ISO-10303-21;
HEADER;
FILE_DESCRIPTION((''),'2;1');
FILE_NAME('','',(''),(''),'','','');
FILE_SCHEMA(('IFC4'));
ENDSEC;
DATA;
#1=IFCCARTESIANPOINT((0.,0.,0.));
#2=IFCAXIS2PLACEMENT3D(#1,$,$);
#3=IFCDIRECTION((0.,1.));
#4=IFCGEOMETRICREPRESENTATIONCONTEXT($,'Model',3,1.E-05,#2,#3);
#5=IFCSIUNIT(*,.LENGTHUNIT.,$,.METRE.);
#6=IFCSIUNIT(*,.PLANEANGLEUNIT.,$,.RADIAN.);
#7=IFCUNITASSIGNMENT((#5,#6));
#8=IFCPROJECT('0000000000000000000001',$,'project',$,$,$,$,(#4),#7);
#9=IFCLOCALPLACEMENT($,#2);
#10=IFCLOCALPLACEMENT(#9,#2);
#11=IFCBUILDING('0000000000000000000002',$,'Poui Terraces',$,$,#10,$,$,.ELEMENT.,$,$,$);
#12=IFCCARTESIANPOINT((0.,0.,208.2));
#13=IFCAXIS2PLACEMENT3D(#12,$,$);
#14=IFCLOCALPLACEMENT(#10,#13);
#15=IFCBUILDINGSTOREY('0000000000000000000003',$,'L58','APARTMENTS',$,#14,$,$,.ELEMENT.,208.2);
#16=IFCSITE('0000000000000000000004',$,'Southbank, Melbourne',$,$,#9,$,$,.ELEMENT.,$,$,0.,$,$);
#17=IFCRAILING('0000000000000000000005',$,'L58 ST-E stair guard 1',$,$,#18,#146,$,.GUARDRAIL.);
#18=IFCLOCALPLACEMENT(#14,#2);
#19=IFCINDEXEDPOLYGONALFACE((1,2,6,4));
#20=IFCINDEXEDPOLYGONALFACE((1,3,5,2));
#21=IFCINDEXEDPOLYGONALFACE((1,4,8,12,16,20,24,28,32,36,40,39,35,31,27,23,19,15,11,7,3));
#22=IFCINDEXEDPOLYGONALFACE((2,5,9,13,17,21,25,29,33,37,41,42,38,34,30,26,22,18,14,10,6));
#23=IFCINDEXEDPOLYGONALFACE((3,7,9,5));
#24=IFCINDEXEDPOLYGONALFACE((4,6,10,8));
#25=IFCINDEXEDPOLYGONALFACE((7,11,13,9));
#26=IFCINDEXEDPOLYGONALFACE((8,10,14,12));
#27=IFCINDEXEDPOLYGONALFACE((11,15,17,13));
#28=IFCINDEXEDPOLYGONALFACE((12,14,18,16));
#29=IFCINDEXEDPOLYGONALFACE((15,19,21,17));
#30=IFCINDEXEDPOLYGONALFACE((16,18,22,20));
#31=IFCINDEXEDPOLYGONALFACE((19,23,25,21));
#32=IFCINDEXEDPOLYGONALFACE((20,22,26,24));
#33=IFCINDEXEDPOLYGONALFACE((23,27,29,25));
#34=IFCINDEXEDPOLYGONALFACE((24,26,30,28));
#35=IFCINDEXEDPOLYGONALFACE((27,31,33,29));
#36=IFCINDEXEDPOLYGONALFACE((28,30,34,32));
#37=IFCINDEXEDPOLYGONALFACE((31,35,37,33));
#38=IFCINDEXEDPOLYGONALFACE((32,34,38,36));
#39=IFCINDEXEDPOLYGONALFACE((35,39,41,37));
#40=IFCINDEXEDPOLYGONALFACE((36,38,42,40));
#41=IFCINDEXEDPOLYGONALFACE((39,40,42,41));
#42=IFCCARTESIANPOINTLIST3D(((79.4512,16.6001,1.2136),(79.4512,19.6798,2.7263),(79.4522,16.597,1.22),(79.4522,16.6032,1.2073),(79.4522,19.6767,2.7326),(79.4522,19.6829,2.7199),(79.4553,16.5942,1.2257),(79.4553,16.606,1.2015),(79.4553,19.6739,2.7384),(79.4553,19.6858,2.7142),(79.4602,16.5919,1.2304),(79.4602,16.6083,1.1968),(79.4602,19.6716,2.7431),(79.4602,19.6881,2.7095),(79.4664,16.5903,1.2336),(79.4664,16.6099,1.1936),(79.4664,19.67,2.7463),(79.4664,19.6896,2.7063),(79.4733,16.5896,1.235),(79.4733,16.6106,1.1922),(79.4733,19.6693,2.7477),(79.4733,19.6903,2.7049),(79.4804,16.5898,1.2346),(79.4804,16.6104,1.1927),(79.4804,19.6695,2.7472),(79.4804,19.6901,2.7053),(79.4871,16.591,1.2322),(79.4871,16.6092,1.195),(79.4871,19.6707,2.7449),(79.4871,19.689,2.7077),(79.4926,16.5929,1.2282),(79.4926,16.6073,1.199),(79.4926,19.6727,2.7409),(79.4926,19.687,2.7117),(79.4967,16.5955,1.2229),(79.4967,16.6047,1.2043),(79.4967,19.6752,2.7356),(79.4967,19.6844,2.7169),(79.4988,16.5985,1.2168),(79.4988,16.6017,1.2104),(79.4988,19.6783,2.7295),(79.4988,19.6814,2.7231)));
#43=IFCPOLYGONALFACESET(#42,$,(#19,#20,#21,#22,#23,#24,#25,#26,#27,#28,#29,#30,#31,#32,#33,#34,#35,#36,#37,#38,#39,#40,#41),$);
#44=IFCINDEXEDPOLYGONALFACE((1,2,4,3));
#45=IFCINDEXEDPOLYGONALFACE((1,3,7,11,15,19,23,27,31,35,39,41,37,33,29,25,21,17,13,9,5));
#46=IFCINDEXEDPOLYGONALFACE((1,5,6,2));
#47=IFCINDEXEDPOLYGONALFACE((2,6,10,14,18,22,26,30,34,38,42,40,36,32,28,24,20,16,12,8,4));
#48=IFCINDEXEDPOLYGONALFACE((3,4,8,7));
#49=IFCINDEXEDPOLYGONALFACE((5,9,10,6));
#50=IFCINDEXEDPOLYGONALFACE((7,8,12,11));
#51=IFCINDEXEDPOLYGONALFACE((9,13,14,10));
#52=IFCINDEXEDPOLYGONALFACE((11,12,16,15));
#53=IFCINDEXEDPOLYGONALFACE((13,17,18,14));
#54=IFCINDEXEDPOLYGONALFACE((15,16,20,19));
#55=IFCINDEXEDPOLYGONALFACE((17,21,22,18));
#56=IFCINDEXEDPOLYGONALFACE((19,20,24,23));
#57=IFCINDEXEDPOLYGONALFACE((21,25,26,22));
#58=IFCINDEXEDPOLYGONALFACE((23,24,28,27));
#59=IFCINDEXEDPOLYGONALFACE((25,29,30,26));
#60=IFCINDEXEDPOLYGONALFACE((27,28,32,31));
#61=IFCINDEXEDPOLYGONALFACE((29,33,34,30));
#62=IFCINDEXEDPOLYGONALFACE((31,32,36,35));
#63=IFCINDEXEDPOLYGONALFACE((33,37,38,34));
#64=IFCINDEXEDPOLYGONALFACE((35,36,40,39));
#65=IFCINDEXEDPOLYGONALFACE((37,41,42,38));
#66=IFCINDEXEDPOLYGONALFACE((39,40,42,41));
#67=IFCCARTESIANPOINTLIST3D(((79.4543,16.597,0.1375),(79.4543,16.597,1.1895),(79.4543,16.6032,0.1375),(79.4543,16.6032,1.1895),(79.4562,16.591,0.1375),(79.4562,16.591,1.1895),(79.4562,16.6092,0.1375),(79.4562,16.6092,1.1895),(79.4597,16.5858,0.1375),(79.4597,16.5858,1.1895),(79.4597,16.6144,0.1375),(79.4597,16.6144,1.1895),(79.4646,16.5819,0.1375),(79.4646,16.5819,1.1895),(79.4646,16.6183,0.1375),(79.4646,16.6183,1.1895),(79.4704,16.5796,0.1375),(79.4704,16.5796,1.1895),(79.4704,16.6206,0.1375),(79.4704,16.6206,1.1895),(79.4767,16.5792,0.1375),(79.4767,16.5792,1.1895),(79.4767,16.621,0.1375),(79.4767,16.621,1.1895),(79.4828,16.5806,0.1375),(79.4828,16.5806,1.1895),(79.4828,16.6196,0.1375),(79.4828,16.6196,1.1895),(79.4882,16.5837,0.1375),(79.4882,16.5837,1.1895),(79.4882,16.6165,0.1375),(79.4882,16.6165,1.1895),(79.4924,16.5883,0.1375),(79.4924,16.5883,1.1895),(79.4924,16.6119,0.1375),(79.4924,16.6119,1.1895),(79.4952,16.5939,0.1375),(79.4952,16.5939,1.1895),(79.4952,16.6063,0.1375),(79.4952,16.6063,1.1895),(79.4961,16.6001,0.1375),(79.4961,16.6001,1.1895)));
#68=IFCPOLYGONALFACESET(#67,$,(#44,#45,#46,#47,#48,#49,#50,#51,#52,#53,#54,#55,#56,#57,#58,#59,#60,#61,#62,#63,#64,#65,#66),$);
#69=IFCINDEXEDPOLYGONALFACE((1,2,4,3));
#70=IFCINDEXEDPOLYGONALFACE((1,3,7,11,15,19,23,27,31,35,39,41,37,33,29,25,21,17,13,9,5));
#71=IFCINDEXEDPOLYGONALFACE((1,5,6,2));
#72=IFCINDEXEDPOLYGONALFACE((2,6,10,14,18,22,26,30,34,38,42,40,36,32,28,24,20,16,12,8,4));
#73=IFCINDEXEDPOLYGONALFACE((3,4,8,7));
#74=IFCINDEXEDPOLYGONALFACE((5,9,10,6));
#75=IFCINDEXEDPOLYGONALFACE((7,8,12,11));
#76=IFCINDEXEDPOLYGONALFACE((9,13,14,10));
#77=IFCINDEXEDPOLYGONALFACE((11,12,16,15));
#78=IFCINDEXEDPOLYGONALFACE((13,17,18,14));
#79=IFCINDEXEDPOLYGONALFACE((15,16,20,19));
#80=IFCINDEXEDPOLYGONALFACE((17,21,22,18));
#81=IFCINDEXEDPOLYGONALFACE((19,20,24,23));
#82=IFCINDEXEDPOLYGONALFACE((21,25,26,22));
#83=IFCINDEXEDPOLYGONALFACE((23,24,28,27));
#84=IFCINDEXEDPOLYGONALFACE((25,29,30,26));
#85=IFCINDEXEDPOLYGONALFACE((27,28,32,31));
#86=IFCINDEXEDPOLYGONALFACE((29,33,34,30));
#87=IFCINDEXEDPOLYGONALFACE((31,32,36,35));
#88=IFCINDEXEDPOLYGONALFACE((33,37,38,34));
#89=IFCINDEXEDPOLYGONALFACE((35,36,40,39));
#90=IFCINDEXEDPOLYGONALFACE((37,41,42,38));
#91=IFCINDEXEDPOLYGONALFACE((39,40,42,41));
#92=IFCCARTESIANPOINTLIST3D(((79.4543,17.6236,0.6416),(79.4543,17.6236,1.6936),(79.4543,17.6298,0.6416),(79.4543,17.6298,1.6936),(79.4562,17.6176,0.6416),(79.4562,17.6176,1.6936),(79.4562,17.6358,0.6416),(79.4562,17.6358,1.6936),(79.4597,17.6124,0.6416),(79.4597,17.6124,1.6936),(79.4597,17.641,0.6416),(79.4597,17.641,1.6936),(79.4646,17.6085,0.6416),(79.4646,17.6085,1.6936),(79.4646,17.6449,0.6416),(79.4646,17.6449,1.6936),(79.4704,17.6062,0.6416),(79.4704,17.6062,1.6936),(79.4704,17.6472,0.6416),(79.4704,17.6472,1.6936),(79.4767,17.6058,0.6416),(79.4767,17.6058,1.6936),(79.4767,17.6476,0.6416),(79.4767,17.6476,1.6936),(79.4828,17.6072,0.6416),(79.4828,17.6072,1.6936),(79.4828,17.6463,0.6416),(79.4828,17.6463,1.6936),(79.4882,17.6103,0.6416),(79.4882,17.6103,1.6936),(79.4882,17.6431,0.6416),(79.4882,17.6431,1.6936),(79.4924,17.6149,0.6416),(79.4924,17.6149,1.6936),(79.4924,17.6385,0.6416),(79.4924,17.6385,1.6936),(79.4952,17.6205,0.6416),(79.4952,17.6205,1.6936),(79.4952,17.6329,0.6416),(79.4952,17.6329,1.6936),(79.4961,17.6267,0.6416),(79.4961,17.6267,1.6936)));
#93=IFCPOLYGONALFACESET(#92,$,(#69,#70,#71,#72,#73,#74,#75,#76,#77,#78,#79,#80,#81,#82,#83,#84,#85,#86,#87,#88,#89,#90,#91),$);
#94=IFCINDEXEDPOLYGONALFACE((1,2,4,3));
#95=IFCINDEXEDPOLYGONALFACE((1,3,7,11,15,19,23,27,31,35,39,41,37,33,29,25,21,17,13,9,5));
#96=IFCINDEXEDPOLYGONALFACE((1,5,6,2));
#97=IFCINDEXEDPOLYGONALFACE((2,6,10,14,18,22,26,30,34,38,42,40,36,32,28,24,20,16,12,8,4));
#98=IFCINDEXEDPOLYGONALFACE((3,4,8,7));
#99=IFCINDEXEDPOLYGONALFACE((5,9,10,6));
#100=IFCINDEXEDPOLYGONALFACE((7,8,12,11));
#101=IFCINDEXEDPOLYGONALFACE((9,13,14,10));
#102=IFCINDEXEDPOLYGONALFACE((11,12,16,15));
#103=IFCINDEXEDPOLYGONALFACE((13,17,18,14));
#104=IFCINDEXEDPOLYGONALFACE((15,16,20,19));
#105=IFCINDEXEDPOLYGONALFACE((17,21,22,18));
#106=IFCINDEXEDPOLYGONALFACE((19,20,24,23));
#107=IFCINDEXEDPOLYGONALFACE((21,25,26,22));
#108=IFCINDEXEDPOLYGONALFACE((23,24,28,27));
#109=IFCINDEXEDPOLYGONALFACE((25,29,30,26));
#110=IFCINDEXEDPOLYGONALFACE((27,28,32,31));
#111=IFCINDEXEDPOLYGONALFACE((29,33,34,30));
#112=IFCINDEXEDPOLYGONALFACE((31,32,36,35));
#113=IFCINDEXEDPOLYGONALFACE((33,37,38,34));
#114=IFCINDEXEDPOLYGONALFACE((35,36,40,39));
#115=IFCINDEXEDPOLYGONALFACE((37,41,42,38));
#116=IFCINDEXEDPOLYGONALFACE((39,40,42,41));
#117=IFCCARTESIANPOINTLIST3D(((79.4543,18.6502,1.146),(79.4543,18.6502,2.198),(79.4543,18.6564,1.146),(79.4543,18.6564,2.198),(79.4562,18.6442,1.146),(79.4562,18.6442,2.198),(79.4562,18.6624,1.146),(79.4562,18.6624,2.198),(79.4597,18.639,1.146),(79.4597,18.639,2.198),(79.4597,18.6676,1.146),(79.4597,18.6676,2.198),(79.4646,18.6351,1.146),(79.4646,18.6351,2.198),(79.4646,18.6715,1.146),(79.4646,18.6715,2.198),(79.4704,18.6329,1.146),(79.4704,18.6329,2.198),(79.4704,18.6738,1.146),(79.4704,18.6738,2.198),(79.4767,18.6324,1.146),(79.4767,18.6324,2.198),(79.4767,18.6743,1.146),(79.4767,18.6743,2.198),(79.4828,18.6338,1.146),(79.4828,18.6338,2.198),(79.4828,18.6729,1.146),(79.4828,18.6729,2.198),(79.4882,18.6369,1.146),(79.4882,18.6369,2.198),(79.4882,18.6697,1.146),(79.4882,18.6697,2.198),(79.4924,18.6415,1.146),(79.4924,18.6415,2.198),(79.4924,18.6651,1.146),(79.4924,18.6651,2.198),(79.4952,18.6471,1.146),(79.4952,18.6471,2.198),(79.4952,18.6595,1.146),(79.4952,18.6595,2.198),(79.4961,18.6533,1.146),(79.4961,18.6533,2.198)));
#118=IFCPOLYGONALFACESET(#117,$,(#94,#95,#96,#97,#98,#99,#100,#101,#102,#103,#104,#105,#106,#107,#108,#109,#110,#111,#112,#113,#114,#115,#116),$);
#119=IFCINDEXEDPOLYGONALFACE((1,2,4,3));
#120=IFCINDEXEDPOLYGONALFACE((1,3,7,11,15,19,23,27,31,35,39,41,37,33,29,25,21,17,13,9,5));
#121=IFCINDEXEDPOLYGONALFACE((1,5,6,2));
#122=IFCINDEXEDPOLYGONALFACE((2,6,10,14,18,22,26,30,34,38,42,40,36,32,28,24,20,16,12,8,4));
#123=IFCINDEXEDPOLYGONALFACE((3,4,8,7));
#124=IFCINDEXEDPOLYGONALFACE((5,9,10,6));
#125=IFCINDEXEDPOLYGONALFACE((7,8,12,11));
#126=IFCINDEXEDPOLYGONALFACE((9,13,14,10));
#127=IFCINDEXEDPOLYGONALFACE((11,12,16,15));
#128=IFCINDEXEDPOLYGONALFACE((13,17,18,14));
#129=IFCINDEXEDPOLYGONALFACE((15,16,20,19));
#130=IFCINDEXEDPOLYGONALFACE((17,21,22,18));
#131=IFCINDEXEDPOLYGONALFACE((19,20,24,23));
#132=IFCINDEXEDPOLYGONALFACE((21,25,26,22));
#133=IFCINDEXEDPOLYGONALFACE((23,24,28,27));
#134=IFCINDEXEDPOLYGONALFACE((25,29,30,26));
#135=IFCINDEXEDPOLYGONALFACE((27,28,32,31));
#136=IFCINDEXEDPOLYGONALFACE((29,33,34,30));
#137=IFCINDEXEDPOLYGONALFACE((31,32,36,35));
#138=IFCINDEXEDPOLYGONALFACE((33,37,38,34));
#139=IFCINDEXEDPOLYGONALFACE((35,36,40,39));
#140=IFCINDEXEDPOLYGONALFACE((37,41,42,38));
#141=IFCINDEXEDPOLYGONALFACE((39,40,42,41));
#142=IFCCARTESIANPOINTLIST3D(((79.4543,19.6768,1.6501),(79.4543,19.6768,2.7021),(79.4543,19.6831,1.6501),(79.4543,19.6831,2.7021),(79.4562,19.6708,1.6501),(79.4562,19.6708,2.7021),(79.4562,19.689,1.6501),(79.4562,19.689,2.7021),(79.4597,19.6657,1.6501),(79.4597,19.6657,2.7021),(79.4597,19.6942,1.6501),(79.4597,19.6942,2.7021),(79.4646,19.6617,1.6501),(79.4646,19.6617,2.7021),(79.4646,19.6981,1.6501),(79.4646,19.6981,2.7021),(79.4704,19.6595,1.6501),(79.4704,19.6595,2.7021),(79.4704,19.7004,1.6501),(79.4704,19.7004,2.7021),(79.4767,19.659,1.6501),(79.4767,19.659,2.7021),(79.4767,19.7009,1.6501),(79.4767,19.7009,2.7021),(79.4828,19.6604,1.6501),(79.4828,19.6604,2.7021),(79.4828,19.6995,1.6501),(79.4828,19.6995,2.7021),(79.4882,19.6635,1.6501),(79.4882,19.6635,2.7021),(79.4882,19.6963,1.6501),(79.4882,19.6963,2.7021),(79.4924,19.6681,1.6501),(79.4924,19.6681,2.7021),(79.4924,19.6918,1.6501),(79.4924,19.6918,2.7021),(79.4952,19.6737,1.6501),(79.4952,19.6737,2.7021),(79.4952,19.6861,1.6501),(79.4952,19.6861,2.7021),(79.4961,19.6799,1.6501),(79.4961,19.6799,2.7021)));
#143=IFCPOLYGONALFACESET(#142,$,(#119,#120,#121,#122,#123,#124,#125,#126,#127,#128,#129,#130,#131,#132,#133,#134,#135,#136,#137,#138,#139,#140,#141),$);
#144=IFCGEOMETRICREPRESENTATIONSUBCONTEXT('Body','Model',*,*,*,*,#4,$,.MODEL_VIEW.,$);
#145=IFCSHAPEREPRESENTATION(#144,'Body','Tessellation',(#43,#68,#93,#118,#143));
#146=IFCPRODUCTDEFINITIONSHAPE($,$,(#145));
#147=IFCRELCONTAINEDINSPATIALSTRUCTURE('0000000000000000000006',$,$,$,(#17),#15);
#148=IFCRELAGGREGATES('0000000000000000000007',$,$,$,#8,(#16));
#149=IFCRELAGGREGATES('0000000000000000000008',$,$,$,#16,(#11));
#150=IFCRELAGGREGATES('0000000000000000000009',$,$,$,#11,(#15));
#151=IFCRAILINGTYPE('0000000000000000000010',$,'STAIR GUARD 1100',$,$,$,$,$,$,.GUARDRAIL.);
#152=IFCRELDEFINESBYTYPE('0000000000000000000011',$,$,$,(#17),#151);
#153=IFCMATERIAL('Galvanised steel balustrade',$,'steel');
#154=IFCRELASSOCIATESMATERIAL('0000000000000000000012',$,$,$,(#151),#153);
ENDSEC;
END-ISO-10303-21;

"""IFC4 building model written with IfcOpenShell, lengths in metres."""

from ifc_helpers import new_model, si_unit, direction, frame, origin, origin_2d, place, context, subcontext, project, spatial, circle, extrude, material, type_object, element, save


model = new_model("IFC4")

# Units and contexts
model_context = context("Model", 3, precision=1e-05, world=origin(), true_north=direction((0.0, 1.0)))
body_context = subcontext(model_context, "Body", "Model", "MODEL_VIEW")
ifc_project = project(units=[si_unit("LENGTHUNIT", "METRE"), si_unit("PLANEANGLEUNIT", "RADIAN")], contexts=[model_context])

# Site, building, storey
site_placement = place(None, origin())
site = spatial("IfcSite", under=ifc_project, at=site_placement, Name="Southbank, Melbourne", CompositionType="ELEMENT", RefElevation=0.0)
building_placement = place(site_placement, origin())
building = spatial("IfcBuilding", under=site, at=building_placement, Name="Poui Terraces", CompositionType="ELEMENT")
storey_placement = place(building_placement, frame((0.0, 0.0, 208.2)))
storey = spatial("IfcBuildingStorey", under=building, at=storey_placement, Name="L58", Description="APARTMENTS", CompositionType="ELEMENT", Elevation=208.2)

# Railing
ifc_material_1 = material(Name="Galvanised steel balustrade", Category="steel")
railing_type_1 = type_object("IfcRailingType", Name="STAIR GUARD 1100", PredefinedType="GUARDRAIL", material=ifc_material_1)
railing_1_placement = place(storey_placement, frame((79.4751, 16.6001, 0.1375)))
element("IfcRailing", 1, at=railing_1_placement, inside=storey, type_object=railing_type_1, Name="L58 ST-E stair guard 1", PredefinedType="GUARDRAIL", context=body_context, shape_type="SweptSolid", body=[
    extrude(circle(Radius=0.0239, at=origin_2d()), frame((0.0, 0.0, 1.0762), z_axis=(0.0, 0.897578, 0.440856), x_axis=(-1.0, 0.0, 0.0)), (0.0, 0.0, 1.0), 3.4312),
    extrude(circle(Radius=0.021, at=origin_2d()), origin(), (0.0, 0.0, 1.0), 1.052),
    extrude(circle(Radius=0.021, at=origin_2d()), frame((0.0, 1.0266, 0.5042)), (0.0, 0.0, 1.0), 1.052),
    extrude(circle(Radius=0.021, at=origin_2d()), frame((0.0, 2.0532, 1.0085)), (0.0, 0.0, 1.0), 1.052),
    extrude(circle(Radius=0.021, at=origin_2d()), frame((0.0, 3.0798, 1.5127)), (0.0, 0.0, 1.0), 1.052),
])

save(model, "model.ifc")
